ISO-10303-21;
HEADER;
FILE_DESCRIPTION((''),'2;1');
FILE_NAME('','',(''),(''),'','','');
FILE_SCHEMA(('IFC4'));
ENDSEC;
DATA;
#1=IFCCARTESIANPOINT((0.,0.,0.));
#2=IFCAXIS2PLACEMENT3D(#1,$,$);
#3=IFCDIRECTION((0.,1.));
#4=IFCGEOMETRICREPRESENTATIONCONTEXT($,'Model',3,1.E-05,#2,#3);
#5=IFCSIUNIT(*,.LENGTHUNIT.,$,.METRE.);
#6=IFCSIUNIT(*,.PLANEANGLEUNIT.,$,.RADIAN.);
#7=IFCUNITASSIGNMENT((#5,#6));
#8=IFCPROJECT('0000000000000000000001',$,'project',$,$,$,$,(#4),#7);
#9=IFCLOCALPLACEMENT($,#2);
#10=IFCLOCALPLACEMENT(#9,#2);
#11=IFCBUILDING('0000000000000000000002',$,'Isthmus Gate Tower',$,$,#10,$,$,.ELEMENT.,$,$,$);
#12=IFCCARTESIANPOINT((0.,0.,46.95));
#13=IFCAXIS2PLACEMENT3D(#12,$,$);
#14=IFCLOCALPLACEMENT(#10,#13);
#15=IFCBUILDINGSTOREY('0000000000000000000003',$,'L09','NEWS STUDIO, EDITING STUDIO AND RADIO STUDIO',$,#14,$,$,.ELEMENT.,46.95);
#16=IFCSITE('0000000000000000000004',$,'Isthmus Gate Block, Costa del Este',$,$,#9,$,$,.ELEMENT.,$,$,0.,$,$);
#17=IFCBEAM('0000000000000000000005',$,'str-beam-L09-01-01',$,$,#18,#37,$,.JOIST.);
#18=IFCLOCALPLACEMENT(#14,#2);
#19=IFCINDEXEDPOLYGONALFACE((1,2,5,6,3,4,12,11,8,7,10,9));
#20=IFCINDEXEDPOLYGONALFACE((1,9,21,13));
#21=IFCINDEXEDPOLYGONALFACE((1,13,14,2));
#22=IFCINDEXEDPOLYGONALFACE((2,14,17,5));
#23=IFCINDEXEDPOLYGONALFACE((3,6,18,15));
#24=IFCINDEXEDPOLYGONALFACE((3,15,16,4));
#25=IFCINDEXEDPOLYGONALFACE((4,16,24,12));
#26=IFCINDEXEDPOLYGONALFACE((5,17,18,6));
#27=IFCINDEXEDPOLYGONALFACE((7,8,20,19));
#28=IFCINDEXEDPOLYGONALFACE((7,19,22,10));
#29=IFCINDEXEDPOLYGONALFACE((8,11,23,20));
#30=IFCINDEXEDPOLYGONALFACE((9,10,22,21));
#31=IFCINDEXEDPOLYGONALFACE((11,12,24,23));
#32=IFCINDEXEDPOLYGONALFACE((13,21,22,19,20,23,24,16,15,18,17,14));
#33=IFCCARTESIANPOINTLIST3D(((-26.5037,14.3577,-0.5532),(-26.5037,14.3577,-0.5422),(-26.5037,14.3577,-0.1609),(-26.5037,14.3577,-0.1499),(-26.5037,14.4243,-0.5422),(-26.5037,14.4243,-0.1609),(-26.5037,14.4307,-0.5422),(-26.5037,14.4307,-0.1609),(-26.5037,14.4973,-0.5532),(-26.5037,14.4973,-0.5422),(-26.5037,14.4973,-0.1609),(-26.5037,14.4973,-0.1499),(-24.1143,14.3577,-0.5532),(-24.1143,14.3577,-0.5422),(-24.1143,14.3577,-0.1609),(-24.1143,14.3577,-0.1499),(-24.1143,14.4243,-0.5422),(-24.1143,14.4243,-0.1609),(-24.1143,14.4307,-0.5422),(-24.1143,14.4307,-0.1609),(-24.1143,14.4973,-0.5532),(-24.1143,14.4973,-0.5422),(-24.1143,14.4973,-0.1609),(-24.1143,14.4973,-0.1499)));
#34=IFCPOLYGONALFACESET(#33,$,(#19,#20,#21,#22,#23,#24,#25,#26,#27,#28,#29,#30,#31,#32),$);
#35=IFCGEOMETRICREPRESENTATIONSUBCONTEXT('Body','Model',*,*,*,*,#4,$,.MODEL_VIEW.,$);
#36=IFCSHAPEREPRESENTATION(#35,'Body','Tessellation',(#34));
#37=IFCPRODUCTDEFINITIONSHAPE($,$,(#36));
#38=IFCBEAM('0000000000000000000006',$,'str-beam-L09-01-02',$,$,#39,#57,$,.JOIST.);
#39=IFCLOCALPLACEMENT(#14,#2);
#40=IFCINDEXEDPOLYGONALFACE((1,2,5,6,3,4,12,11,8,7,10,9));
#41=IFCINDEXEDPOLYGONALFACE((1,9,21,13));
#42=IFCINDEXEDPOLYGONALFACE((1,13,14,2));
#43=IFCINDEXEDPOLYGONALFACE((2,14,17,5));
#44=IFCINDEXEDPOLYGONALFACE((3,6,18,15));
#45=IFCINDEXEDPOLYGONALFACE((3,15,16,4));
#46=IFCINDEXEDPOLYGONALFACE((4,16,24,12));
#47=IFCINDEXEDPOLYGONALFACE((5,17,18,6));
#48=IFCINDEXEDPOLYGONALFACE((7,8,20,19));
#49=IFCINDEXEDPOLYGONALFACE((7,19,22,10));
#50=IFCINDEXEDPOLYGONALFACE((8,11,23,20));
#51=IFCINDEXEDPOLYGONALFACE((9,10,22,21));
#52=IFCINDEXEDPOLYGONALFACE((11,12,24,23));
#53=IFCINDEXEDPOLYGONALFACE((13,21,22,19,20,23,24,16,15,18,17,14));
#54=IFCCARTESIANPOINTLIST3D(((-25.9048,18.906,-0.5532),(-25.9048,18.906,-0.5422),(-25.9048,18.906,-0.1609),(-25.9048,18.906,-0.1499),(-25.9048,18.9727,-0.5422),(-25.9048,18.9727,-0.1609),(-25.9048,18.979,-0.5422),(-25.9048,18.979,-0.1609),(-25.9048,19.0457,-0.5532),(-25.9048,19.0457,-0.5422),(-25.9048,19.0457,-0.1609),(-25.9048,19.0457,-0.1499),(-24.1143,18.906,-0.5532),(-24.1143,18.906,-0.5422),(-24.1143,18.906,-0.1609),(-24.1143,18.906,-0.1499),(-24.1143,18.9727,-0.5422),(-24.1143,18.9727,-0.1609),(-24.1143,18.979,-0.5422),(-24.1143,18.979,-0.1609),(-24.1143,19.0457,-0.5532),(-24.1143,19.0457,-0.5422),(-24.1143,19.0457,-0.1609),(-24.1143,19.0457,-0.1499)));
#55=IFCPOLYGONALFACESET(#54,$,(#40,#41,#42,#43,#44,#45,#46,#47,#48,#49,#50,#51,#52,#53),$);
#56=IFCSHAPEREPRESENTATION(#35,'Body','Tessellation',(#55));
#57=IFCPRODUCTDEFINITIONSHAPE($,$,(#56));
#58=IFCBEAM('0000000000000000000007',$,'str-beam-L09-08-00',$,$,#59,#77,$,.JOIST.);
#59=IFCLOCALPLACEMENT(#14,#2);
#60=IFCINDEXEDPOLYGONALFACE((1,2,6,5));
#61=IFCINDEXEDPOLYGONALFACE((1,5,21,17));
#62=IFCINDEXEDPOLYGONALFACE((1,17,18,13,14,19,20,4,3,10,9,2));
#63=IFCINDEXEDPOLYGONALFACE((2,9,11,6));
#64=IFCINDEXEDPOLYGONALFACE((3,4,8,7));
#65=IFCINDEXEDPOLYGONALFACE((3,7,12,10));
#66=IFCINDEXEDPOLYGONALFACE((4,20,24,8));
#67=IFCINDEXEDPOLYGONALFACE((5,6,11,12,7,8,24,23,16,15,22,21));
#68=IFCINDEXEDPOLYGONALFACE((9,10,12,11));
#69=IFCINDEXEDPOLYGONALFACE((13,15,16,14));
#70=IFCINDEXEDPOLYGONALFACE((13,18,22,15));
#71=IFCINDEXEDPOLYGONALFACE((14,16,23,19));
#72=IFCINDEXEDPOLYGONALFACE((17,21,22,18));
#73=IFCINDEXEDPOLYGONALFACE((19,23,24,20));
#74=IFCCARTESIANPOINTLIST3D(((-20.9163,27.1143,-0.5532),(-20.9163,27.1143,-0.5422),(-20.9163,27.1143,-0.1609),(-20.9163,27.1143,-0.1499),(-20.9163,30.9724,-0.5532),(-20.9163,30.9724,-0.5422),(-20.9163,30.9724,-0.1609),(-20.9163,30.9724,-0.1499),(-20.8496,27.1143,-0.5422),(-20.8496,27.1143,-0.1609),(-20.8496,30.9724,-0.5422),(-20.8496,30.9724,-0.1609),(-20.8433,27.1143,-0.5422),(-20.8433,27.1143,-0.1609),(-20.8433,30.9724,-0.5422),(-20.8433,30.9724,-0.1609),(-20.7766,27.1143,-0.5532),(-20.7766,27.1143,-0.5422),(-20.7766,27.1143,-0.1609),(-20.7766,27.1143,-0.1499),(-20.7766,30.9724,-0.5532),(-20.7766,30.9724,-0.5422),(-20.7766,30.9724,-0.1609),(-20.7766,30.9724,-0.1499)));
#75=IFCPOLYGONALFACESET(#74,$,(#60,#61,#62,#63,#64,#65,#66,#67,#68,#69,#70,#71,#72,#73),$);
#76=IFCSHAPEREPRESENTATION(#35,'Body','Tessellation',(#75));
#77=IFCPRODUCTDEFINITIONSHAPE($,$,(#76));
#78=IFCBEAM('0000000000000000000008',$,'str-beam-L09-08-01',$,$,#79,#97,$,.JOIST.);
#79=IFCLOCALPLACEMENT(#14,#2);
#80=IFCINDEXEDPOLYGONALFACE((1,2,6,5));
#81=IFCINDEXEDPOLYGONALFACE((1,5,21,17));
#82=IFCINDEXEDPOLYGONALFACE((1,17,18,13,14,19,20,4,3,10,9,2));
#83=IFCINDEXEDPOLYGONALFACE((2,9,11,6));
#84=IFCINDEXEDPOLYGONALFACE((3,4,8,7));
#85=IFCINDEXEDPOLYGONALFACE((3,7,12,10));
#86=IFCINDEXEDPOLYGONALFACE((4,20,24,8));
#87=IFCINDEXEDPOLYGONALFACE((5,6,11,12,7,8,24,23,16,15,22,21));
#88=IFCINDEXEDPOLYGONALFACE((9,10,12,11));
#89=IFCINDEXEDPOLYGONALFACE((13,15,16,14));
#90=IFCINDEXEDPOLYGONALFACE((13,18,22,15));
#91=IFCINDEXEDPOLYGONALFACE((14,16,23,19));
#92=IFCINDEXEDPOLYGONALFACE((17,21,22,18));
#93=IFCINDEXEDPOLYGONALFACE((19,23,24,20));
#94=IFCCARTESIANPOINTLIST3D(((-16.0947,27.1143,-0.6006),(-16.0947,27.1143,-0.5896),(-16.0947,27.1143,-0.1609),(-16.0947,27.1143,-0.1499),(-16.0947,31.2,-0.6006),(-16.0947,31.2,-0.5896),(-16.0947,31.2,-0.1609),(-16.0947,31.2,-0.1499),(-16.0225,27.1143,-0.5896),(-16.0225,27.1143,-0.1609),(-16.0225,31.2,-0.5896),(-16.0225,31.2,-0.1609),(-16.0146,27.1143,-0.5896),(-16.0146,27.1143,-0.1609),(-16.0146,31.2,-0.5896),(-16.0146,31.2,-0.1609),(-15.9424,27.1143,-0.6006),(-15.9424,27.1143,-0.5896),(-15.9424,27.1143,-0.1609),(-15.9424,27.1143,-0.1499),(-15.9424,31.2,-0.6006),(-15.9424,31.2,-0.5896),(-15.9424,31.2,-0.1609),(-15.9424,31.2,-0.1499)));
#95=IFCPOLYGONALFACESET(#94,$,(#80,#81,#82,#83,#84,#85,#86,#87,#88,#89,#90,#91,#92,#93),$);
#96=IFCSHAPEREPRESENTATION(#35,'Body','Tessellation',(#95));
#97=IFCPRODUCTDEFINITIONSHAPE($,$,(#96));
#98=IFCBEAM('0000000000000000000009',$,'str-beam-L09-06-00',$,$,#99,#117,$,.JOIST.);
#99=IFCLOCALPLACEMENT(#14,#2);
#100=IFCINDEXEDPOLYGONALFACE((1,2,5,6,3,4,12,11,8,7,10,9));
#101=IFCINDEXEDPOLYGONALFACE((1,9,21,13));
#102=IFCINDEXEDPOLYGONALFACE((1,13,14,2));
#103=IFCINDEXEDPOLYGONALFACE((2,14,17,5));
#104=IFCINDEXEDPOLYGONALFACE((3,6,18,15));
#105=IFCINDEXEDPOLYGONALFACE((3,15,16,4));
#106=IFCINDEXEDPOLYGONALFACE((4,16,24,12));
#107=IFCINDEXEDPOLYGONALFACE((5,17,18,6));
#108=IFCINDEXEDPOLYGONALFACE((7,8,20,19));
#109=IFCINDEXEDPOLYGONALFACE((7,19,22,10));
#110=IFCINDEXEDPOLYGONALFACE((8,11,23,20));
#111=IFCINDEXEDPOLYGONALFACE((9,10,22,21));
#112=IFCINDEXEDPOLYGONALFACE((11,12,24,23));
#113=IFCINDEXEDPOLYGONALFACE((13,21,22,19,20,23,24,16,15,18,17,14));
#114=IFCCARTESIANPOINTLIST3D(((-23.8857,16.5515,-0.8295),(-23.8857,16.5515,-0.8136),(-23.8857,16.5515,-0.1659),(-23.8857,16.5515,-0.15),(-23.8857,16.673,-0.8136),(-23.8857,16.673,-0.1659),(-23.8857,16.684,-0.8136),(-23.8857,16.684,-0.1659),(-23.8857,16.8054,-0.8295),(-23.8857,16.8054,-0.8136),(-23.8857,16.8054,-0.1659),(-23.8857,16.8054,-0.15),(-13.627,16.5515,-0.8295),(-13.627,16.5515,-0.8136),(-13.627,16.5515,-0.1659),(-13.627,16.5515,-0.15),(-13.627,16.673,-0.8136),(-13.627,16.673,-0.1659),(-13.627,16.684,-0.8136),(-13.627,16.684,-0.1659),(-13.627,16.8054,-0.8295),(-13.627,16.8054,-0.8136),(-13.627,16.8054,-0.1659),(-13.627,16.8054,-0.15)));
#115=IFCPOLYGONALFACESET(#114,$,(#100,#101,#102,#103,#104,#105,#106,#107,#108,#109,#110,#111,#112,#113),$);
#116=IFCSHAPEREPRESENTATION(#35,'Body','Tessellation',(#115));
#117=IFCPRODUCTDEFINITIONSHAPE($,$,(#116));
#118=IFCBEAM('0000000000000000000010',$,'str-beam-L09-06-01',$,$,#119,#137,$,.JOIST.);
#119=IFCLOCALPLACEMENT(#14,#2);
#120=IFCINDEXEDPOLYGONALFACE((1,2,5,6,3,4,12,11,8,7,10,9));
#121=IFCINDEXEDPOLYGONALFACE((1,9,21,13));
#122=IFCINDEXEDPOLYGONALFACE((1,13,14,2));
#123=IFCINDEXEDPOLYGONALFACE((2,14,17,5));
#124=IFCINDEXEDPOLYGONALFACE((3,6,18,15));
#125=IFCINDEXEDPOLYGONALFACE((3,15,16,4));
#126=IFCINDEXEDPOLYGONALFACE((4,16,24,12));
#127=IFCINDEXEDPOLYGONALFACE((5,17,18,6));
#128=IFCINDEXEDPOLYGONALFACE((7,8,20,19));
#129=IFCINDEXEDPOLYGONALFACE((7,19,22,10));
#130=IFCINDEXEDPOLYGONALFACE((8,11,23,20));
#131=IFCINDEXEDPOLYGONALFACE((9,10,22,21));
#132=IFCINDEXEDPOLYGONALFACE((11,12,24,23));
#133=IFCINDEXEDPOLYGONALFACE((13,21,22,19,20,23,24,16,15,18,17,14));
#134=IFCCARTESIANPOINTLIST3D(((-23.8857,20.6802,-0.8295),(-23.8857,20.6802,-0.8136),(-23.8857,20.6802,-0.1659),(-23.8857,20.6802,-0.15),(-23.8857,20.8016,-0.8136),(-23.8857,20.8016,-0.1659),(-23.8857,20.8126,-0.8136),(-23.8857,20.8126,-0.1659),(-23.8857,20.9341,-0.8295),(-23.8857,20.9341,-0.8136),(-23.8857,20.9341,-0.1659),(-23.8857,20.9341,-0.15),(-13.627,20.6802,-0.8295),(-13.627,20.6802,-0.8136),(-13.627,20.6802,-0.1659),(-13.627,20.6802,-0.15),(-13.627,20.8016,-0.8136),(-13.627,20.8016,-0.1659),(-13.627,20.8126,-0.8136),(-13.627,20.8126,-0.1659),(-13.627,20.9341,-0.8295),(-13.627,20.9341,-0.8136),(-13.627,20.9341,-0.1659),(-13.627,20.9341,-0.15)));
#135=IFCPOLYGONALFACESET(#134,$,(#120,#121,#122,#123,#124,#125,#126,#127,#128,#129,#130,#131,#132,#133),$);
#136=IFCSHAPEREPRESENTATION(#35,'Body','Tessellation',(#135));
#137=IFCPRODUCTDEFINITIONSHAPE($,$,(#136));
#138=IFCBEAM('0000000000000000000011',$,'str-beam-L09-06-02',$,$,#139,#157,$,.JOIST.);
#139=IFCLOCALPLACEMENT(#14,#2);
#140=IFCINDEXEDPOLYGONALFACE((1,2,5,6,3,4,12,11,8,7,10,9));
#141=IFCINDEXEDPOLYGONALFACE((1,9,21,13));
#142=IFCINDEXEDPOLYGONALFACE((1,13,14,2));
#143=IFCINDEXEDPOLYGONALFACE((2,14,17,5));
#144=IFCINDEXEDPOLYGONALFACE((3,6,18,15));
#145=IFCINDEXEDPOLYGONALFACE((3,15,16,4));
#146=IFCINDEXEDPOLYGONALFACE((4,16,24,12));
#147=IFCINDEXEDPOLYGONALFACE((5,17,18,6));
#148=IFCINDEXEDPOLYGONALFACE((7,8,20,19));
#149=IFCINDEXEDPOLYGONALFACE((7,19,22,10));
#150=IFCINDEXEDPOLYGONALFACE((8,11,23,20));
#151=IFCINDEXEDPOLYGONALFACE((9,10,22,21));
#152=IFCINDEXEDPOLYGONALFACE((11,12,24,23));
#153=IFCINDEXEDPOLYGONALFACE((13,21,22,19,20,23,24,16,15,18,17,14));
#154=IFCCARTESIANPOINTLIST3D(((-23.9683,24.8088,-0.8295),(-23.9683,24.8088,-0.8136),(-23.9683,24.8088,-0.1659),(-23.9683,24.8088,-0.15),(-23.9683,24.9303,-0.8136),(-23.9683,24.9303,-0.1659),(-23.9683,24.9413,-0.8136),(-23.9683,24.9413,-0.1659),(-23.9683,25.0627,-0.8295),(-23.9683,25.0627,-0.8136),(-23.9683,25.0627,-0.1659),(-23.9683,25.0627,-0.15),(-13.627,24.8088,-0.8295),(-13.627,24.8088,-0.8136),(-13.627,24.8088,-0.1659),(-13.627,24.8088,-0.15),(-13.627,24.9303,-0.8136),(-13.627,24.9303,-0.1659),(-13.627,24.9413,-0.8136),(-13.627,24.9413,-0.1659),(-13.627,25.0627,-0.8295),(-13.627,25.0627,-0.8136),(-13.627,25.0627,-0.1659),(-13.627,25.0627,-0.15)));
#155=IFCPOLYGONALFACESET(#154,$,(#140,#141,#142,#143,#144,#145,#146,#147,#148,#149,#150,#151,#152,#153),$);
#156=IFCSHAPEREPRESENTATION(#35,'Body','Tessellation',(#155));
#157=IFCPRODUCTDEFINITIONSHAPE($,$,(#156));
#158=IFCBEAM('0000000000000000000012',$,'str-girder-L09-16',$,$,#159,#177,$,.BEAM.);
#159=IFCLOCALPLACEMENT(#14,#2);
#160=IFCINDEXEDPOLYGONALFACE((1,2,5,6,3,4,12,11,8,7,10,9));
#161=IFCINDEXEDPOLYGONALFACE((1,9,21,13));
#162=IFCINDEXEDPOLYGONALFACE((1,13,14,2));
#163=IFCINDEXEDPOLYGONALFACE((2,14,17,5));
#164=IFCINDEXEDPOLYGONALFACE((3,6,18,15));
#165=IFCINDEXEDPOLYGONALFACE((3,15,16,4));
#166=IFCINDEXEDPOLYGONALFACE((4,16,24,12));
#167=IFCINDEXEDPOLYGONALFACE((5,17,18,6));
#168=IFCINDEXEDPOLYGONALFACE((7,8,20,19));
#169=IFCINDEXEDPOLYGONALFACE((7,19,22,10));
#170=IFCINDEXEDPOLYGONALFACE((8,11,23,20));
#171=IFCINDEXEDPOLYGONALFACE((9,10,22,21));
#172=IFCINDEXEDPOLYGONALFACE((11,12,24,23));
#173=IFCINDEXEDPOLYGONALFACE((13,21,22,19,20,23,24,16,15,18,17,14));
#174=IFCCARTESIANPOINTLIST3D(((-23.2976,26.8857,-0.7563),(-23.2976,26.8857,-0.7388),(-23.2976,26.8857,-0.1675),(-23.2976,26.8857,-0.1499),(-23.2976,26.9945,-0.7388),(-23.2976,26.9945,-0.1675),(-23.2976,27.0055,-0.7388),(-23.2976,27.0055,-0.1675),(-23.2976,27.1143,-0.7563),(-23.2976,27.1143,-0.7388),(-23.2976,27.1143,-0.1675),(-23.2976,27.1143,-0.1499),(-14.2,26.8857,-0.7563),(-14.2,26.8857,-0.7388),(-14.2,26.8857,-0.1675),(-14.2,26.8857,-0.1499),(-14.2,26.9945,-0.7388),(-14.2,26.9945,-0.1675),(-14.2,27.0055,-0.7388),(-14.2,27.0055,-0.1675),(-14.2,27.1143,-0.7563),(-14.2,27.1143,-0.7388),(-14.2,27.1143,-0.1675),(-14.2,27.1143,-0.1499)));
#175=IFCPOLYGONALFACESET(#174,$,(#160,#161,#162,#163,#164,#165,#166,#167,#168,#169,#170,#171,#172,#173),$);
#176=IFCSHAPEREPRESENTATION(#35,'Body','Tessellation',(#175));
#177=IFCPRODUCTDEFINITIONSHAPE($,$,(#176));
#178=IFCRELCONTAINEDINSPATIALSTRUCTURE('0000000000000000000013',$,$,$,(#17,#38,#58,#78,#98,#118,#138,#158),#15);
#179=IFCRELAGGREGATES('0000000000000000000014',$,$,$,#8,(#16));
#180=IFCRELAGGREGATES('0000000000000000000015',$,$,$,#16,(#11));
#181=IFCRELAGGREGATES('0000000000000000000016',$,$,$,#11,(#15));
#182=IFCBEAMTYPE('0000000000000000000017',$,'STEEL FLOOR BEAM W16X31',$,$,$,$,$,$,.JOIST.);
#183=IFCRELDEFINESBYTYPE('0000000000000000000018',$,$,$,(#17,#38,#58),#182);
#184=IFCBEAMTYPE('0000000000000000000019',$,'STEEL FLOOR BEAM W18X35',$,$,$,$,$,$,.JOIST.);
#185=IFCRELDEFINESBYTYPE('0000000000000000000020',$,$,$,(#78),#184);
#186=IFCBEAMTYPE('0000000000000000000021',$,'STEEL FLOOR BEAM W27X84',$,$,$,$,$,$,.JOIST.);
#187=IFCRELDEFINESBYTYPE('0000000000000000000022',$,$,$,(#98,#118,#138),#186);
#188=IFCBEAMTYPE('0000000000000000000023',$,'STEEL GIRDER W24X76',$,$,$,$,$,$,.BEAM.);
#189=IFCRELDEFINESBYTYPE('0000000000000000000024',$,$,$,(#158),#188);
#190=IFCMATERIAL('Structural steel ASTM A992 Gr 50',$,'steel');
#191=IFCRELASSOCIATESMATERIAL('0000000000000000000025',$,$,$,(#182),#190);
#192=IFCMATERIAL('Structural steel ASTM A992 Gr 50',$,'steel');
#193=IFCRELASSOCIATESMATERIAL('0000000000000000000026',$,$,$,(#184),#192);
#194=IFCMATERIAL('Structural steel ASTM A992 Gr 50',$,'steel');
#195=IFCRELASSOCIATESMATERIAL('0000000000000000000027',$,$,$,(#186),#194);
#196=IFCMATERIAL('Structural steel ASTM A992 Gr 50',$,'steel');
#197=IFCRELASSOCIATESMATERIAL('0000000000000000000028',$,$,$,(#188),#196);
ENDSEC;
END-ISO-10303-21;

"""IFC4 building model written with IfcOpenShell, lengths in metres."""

from ifc_helpers import new_model, si_unit, direction, frame, origin, origin_2d, place, context, subcontext, project, spatial, i_section, extrude, material, material_profile, profile_set, type_object, element, save


model = new_model("IFC4")

# Units and contexts
model_context = context("Model", 3, precision=1e-05, world=origin(), true_north=direction((0.0, 1.0)))
body_context = subcontext(model_context, "Body", "Model", "MODEL_VIEW")
ifc_project = project(units=[si_unit("LENGTHUNIT", "METRE"), si_unit("PLANEANGLEUNIT", "RADIAN")], contexts=[model_context])

# Site, building, storey
site_placement = place(None, origin())
site = spatial("IfcSite", under=ifc_project, at=site_placement, Name="Isthmus Gate Block, Costa del Este", CompositionType="ELEMENT", RefElevation=0.0)
building_placement = place(site_placement, origin())
building = spatial("IfcBuilding", under=site, at=building_placement, Name="Isthmus Gate Tower", CompositionType="ELEMENT")
storey_placement = place(building_placement, frame((0.0, 0.0, 46.95)))
storey = spatial("IfcBuildingStorey", under=building, at=storey_placement, Name="L09", Description="NEWS STUDIO, EDITING STUDIO AND RADIO STUDIO", CompositionType="ELEMENT", Elevation=46.95)

# Beams
ifc_material_1 = material(Name="Structural steel ASTM A992 Gr 50", Category="steel")
ifc_material_profile_1 = material_profile(ifc_material_1, i_section(OverallWidth=0.1396, OverallDepth=0.4033, WebThickness=0.0063, FlangeThickness=0.011, at=origin_2d()), Name="W16X31")
ifc_profile_set_1 = profile_set([ifc_material_profile_1], Name="Structural steel ASTM A992 Gr 50")
beam_type_1 = type_object("IfcBeamType", Name="STEEL FLOOR BEAM W16X31", PredefinedType="JOIST", material=ifc_profile_set_1)
beam_1_placement = place(storey_placement, frame((-26.5037, 14.4275, -0.3516), z_axis=(1.0, 0.0, 0.0), x_axis=(0.0, 1.0, 0.0)))
element("IfcBeam", 1, at=beam_1_placement, inside=storey, type_object=beam_type_1, Name="str-beam-L09-01-01", PredefinedType="JOIST", context=body_context, shape_type="SweptSolid", body=[
    extrude(i_section(OverallWidth=0.1396, OverallDepth=0.4033, WebThickness=0.0063, FlangeThickness=0.011, at=origin_2d()), origin(), (0.0, 0.0, 1.0), 2.3894),
])
beam_2_placement = place(storey_placement, frame((-25.9048, 18.9758, -0.3516), z_axis=(1.0, 0.0, 0.0), x_axis=(0.0, 1.0, 0.0)))
element("IfcBeam", 2, at=beam_2_placement, inside=storey, type_object=beam_type_1, Name="str-beam-L09-01-02", PredefinedType="JOIST", context=body_context, shape_type="SweptSolid", body=[
    extrude(i_section(OverallWidth=0.1396, OverallDepth=0.4033, WebThickness=0.0063, FlangeThickness=0.011, at=origin_2d()), origin(), (0.0, 0.0, 1.0), 1.7905),
])
beam_3_placement = place(storey_placement, frame((-20.8464, 27.1143, -0.3516), z_axis=(0.0, 1.0, 0.0), x_axis=(-1.0, 0.0, 0.0)))
element("IfcBeam", 3, at=beam_3_placement, inside=storey, type_object=beam_type_1, Name="str-beam-L09-08-00", PredefinedType="JOIST", context=body_context, shape_type="SweptSolid", body=[
    extrude(i_section(OverallWidth=0.1396, OverallDepth=0.4033, WebThickness=0.0063, FlangeThickness=0.011, at=origin_2d()), origin(), (0.0, 0.0, 1.0), 3.8582),
])
ifc_material_2 = material(Name="Structural steel ASTM A992 Gr 50", Category="steel")
ifc_material_profile_2 = material_profile(ifc_material_2, i_section(OverallWidth=0.1523, OverallDepth=0.4507, WebThickness=0.0078, FlangeThickness=0.011, at=origin_2d()), Name="W18X35")
ifc_profile_set_2 = profile_set([ifc_material_profile_2], Name="Structural steel ASTM A992 Gr 50")
beam_type_2 = type_object("IfcBeamType", Name="STEEL FLOOR BEAM W18X35", PredefinedType="JOIST", material=ifc_profile_set_2)
beam_4_placement = place(storey_placement, frame((-16.0186, 27.1143, -0.3752), z_axis=(0.0, 1.0, 0.0), x_axis=(-1.0, 0.0, 0.0)))
element("IfcBeam", 4, at=beam_4_placement, inside=storey, type_object=beam_type_2, Name="str-beam-L09-08-01", PredefinedType="JOIST", context=body_context, shape_type="SweptSolid", body=[
    extrude(i_section(OverallWidth=0.1523, OverallDepth=0.4507, WebThickness=0.0078, FlangeThickness=0.011, at=origin_2d()), origin(), (0.0, 0.0, 1.0), 4.0857),
])
ifc_material_3 = material(Name="Structural steel ASTM A992 Gr 50", Category="steel")
ifc_material_profile_3 = material_profile(ifc_material_3, i_section(OverallWidth=0.2539, OverallDepth=0.6794, WebThickness=0.011, FlangeThickness=0.0159, at=origin_2d()), Name="W27X84")
ifc_profile_set_3 = profile_set([ifc_material_profile_3], Name="Structural steel ASTM A992 Gr 50")
beam_type_3 = type_object("IfcBeamType", Name="STEEL FLOOR BEAM W27X84", PredefinedType="JOIST", material=ifc_profile_set_3)
for number, where, z_axis, x_axis, name in (
    (5, (-23.8857, 16.6785, -0.4897), (1.0, 0.0, 0.0), (0.0, 1.0, 0.0), "str-beam-L09-06-00"),
    (6, (-23.8857, 20.8071, -0.4897), (1.0, 0.0, 0.0), (0.0, 1.0, 0.0), "str-beam-L09-06-01"),
):
    element("IfcBeam", number, at=place(storey_placement, frame(where, z_axis=z_axis, x_axis=x_axis)), inside=storey, type_object=beam_type_3, Name=name, PredefinedType="JOIST", context=body_context, shape_type="SweptSolid", body=[
        extrude(i_section(OverallWidth=0.2539, OverallDepth=0.6794, WebThickness=0.011, FlangeThickness=0.0159, at=origin_2d()), origin(), (0.0, 0.0, 1.0), 10.2588),
    ])
beam_5_placement = place(storey_placement, frame((-23.9683, 24.9358, -0.4897), z_axis=(1.0, 0.0, 0.0), x_axis=(0.0, 1.0, 0.0)))
element("IfcBeam", 7, at=beam_5_placement, inside=storey, type_object=beam_type_3, Name="str-beam-L09-06-02", PredefinedType="JOIST", context=body_context, shape_type="SweptSolid", body=[
    extrude(i_section(OverallWidth=0.2539, OverallDepth=0.6794, WebThickness=0.011, FlangeThickness=0.0159, at=origin_2d()), origin(), (0.0, 0.0, 1.0), 10.3413),
])
ifc_material_4 = material(Name="Structural steel ASTM A992 Gr 50", Category="steel")
ifc_material_profile_4 = material_profile(ifc_material_4, i_section(OverallWidth=0.2285, OverallDepth=0.6064, WebThickness=0.011, FlangeThickness=0.0176, at=origin_2d()), Name="W24X76")
ifc_profile_set_4 = profile_set([ifc_material_profile_4], Name="Structural steel ASTM A992 Gr 50")
beam_type_4 = type_object("IfcBeamType", Name="STEEL GIRDER W24X76", PredefinedType="BEAM", material=ifc_profile_set_4)
beam_6_placement = place(storey_placement, frame((-23.2976, 27.0, -0.4531), z_axis=(1.0, 0.0, 0.0), x_axis=(0.0, 1.0, 0.0)))
element("IfcBeam", 8, at=beam_6_placement, inside=storey, type_object=beam_type_4, Name="str-girder-L09-16", PredefinedType="BEAM", context=body_context, shape_type="SweptSolid", body=[
    extrude(i_section(OverallWidth=0.2285, OverallDepth=0.6064, WebThickness=0.011, FlangeThickness=0.0176, at=origin_2d()), origin(), (0.0, 0.0, 1.0), 9.0977),
])

save(model, "model.ifc")
